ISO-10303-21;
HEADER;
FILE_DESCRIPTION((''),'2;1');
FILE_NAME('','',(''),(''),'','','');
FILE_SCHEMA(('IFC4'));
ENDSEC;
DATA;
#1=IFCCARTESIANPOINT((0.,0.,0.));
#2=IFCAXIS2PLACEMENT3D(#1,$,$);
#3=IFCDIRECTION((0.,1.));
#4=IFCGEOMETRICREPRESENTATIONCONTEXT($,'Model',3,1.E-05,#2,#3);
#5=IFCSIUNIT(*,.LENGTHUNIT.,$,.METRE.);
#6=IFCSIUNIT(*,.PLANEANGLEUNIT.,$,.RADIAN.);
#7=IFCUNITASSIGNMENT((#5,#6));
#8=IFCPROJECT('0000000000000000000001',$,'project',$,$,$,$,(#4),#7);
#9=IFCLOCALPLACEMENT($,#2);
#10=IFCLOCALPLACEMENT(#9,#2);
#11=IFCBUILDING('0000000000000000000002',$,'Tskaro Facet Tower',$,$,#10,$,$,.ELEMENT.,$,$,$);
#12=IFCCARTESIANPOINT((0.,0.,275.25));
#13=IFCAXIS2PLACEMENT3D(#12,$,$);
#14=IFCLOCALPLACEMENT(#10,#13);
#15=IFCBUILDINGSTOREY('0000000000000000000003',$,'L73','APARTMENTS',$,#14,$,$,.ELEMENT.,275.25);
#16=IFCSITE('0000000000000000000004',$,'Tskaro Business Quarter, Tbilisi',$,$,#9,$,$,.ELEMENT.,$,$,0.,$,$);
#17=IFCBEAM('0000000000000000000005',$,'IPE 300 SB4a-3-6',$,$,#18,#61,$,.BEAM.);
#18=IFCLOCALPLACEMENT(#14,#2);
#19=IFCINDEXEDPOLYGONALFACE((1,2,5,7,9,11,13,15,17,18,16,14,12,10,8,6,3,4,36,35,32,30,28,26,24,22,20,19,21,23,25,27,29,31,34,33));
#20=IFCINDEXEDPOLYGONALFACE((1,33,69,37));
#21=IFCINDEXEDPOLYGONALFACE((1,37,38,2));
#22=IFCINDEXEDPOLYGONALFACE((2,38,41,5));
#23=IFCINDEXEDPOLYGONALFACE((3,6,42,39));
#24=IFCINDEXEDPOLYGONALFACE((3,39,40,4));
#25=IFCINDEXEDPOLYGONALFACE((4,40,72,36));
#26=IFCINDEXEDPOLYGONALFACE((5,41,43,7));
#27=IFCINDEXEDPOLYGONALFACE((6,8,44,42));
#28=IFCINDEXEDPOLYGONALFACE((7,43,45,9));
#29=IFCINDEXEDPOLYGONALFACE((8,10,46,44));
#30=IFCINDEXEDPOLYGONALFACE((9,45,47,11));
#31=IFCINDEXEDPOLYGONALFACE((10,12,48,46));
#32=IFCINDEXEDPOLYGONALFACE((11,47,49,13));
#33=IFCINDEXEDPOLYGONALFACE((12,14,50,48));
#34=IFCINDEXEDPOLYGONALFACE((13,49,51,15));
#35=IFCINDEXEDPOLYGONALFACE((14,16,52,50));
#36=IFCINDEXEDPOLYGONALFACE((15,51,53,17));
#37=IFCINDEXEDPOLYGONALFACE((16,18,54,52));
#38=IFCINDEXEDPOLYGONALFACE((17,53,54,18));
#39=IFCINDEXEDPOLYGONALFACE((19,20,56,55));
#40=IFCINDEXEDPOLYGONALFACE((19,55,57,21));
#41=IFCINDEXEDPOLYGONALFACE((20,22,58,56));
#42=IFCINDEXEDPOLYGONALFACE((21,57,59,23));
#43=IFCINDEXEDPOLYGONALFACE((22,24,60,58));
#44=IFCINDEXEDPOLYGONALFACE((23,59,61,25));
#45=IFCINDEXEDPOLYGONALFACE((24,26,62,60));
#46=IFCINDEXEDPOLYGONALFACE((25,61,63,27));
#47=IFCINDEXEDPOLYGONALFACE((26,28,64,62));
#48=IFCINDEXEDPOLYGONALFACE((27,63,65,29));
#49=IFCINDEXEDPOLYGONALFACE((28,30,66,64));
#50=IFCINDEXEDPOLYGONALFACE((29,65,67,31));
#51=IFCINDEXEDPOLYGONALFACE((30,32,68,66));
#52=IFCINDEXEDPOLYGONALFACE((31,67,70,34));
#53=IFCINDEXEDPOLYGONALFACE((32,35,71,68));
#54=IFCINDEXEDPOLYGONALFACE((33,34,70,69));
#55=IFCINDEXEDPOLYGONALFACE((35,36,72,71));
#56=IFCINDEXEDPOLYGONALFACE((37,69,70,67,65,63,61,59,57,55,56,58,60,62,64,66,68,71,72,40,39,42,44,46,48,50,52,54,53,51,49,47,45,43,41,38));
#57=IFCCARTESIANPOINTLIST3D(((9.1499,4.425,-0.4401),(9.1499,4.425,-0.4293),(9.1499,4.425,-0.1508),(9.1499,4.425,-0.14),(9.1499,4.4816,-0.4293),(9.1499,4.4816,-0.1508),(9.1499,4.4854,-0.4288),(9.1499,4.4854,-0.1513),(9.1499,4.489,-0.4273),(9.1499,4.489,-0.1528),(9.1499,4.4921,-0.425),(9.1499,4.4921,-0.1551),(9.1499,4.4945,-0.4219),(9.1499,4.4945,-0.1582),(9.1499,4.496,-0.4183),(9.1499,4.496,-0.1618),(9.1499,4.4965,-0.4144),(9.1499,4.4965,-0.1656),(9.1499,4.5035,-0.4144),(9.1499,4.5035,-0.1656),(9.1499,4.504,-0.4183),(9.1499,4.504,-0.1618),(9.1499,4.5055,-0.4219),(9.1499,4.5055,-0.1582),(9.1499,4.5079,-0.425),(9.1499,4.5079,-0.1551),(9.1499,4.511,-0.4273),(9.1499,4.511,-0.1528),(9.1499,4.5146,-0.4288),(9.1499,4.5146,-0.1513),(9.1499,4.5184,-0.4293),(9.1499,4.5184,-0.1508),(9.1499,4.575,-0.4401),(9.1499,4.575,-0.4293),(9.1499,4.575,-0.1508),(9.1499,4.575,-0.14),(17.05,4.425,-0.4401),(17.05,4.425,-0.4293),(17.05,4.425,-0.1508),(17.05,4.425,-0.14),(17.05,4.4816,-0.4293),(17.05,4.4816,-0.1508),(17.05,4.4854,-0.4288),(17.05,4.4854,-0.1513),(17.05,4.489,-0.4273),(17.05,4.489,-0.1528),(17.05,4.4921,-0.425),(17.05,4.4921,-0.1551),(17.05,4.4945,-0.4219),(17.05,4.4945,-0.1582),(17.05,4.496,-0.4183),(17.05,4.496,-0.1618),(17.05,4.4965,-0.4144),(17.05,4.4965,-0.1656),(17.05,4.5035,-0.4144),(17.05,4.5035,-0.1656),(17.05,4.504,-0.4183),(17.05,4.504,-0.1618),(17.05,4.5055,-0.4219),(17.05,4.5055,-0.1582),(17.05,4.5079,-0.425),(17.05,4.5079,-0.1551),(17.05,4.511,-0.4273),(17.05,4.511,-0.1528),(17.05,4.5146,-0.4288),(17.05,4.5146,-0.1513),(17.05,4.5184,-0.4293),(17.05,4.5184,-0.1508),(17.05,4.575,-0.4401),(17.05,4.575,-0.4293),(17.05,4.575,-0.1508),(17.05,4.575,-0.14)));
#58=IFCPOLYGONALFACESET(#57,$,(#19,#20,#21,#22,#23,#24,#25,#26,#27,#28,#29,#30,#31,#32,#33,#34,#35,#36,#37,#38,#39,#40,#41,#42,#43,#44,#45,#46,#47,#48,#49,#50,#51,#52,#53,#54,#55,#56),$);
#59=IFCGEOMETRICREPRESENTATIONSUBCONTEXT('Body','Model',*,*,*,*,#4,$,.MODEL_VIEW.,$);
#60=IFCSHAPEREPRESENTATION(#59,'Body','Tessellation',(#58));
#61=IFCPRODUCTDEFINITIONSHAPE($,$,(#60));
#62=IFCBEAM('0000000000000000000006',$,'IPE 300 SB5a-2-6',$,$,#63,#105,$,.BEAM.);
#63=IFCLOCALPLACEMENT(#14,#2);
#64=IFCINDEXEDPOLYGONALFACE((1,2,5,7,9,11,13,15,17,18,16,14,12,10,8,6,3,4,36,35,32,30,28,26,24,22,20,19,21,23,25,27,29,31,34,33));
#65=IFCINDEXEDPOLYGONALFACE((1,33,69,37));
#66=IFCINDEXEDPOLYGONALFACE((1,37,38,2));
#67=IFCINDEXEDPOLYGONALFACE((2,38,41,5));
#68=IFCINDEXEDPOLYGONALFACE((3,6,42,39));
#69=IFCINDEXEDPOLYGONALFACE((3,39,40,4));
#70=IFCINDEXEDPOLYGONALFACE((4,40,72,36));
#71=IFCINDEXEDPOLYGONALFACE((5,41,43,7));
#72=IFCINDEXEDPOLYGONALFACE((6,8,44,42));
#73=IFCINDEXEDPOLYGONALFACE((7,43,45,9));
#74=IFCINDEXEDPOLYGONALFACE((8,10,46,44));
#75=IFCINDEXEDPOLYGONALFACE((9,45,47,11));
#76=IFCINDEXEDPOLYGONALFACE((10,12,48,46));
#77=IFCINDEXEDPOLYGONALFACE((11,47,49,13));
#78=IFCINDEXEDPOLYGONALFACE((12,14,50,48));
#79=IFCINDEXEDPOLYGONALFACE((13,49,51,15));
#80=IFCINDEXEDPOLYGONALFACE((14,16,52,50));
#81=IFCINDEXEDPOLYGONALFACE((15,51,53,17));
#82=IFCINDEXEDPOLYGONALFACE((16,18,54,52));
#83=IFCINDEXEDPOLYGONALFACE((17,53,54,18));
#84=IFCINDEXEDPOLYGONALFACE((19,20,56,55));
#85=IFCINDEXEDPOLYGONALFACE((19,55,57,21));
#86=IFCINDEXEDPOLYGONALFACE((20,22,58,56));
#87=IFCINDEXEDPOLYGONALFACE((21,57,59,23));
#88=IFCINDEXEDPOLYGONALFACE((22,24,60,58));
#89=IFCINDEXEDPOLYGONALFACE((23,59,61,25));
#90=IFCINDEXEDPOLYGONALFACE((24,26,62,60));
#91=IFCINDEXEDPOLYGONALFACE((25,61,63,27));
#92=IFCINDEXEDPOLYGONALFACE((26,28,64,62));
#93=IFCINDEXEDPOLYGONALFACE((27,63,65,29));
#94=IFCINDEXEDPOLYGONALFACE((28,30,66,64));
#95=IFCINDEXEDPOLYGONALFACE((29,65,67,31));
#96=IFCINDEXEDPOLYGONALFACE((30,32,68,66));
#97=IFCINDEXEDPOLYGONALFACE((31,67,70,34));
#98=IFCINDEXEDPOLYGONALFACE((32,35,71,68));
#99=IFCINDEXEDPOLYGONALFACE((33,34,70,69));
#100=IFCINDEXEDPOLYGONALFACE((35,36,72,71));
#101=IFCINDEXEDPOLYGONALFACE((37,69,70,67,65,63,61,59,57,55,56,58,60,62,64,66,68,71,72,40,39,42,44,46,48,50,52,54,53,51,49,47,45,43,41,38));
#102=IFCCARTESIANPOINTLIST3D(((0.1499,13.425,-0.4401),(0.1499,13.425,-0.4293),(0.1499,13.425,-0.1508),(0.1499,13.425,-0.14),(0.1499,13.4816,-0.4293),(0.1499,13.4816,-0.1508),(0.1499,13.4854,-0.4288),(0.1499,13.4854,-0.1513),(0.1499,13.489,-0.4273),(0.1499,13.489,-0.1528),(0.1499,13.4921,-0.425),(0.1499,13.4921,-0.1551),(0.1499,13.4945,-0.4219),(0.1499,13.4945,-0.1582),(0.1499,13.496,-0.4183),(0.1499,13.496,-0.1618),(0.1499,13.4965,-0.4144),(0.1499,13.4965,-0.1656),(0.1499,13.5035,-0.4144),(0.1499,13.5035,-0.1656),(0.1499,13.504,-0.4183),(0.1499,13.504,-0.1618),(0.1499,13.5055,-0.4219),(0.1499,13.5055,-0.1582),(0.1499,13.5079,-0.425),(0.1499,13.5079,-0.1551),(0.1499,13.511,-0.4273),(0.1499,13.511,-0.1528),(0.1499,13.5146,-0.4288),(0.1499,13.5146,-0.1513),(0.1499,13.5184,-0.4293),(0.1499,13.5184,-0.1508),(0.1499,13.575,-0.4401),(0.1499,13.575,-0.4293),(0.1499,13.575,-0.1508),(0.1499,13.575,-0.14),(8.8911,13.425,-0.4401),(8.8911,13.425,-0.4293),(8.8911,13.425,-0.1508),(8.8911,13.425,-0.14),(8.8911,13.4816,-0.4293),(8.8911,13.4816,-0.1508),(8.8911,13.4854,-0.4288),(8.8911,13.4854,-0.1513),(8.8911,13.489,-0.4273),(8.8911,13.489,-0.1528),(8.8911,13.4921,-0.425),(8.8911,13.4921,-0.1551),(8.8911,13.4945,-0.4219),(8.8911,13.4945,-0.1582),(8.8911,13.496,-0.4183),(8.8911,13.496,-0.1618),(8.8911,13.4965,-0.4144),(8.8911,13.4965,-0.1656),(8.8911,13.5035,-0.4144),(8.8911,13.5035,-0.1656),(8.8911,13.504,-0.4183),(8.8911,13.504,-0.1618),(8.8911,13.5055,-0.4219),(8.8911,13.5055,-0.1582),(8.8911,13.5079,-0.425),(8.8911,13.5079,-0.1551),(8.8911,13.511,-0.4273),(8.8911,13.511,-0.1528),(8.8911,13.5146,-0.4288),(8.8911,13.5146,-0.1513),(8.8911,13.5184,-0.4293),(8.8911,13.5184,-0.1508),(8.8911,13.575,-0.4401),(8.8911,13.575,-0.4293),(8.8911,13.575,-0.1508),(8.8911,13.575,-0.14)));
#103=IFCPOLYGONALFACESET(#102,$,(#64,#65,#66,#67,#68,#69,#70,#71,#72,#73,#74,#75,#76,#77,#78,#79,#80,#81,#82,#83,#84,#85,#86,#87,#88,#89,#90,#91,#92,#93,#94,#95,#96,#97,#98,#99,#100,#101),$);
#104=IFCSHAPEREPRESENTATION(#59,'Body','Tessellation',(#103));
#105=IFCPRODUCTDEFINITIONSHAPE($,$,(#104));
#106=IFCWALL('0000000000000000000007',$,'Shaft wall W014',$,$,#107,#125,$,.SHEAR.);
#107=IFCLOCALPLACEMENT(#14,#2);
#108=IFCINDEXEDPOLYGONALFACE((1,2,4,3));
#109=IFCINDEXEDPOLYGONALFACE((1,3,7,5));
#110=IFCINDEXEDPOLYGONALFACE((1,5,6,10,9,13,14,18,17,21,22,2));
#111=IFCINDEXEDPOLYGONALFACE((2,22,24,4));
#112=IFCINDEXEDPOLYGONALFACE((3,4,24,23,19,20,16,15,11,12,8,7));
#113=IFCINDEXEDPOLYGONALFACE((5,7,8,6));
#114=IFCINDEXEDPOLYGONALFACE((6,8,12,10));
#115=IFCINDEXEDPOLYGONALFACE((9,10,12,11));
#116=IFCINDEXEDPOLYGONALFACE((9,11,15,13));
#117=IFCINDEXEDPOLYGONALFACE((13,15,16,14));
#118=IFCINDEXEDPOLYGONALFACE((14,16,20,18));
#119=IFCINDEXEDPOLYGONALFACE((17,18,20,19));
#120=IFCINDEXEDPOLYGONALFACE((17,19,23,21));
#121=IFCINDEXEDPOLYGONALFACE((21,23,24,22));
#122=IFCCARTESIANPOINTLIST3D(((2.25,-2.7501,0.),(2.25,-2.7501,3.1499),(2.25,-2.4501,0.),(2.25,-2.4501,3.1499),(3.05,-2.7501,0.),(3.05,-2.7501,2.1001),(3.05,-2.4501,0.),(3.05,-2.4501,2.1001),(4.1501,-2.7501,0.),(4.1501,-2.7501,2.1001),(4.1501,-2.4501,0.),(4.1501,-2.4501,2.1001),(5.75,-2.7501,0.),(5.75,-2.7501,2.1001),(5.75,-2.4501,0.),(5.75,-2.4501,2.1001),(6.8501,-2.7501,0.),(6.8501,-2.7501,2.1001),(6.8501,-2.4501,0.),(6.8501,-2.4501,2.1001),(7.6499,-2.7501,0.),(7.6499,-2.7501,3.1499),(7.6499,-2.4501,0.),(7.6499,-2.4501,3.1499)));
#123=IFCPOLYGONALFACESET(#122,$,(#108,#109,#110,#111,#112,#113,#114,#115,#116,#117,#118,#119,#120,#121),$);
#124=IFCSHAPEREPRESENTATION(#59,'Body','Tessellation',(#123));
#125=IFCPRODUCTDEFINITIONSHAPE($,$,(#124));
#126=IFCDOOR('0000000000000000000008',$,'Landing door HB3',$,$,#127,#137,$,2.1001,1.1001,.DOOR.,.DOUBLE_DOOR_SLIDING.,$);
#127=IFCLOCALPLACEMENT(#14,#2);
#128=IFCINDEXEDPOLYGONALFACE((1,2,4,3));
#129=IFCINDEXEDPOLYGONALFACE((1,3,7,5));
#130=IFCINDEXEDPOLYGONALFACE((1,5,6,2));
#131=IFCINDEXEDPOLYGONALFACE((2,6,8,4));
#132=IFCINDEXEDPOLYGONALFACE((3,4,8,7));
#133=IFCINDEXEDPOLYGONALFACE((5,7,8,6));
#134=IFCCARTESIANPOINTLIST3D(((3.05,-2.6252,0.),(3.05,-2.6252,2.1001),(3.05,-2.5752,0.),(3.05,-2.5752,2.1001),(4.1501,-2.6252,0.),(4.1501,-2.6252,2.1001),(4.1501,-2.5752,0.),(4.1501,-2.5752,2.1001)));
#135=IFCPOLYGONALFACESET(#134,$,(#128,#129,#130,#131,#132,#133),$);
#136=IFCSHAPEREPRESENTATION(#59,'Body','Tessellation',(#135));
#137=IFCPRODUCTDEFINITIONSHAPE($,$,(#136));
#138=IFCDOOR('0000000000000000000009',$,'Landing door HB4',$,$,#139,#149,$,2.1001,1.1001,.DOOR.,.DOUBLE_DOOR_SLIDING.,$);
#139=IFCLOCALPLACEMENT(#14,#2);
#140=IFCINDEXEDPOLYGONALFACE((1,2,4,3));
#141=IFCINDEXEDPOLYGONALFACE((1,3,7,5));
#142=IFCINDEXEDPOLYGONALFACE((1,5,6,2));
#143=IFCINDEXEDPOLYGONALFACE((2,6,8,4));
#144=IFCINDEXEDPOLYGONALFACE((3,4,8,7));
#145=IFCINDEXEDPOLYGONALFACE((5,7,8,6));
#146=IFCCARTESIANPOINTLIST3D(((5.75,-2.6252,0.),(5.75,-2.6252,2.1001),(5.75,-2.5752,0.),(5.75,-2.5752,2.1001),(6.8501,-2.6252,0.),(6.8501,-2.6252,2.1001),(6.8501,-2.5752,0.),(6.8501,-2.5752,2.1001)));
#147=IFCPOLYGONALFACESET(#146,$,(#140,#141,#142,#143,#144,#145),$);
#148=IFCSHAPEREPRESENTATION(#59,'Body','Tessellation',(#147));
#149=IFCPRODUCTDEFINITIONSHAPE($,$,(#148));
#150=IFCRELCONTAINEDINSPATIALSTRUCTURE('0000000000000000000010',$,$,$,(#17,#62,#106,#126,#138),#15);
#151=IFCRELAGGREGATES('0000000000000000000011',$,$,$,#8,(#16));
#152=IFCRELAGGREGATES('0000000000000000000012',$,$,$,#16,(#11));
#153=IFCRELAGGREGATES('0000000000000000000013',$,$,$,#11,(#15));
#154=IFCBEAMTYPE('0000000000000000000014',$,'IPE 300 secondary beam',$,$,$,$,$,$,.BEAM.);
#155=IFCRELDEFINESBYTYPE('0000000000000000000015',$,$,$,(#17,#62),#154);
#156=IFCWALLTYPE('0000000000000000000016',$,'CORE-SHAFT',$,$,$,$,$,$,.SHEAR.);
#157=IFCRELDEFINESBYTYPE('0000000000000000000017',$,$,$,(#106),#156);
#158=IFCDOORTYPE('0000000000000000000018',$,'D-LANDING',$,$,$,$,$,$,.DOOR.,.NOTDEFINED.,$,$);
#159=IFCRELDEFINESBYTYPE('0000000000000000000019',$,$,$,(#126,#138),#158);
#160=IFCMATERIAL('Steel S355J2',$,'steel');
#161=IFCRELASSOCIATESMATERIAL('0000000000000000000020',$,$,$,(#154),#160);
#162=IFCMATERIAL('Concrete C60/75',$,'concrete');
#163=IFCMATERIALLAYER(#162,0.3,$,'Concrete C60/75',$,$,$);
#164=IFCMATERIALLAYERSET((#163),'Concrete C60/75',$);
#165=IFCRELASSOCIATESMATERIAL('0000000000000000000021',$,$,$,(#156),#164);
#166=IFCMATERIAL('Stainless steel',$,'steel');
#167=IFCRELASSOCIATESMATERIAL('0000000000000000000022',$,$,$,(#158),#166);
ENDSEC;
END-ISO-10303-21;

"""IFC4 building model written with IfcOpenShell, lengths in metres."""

from ifc_helpers import new_model, si_unit, direction, frame, frame_2d, origin, origin_2d, place, context, subcontext, project, spatial, rectangle, i_section, extrude, material, layer, layer_set, material_profile, profile_set, type_object, element, fill, save


model = new_model("IFC4")

# Units and contexts
model_context = context("Model", 3, precision=1e-05, world=origin(), true_north=direction((0.0, 1.0)))
body_context = subcontext(model_context, "Body", "Model", "MODEL_VIEW")
ifc_project = project(units=[si_unit("LENGTHUNIT", "METRE"), si_unit("PLANEANGLEUNIT", "RADIAN")], contexts=[model_context])

# Site, building, storey
site_placement = place(None, origin())
site = spatial("IfcSite", under=ifc_project, at=site_placement, Name="Tskaro Business Quarter, Tbilisi", CompositionType="ELEMENT", RefElevation=0.0)
building_placement = place(site_placement, origin())
building = spatial("IfcBuilding", under=site, at=building_placement, Name="Tskaro Facet Tower", CompositionType="ELEMENT")
storey_placement = place(building_placement, frame((0.0, 0.0, 275.25)))
storey = spatial("IfcBuildingStorey", under=building, at=storey_placement, Name="L73", Description="APARTMENTS", CompositionType="ELEMENT", Elevation=275.25)

# Beams
ifc_material_1 = material(Name="Steel S355J2", Category="steel")
ifc_material_profile_1 = material_profile(ifc_material_1, i_section(OverallWidth=0.1499, OverallDepth=0.3, WebThickness=0.0071, FlangeThickness=0.0107, FilletRadius=0.0149, at=origin_2d()), Name="IPE 300")
ifc_profile_set_1 = profile_set([ifc_material_profile_1], Name="Steel S355J2")
beam_type_1 = type_object("IfcBeamType", Name="IPE 300 secondary beam", PredefinedType="BEAM", material=ifc_profile_set_1)
beam_1_placement = place(storey_placement, frame((9.1499, 4.5, -0.29), z_axis=(1.0, 0.0, 0.0), x_axis=(0.0, 1.0, 0.0)))
element("IfcBeam", 1, at=beam_1_placement, inside=storey, type_object=beam_type_1, Name="IPE 300 SB4a-3-6", PredefinedType="BEAM", context=body_context, shape_type="SweptSolid", body=[
    extrude(i_section(OverallWidth=0.1499, OverallDepth=0.3, WebThickness=0.0071, FlangeThickness=0.0107, FilletRadius=0.0149, at=origin_2d()), origin(), (0.0, 0.0, 1.0), 7.9001),
])
beam_2_placement = place(storey_placement, frame((0.1499, 13.5, -0.29), z_axis=(1.0, 0.0, 0.0), x_axis=(0.0, 1.0, 0.0)))
element("IfcBeam", 2, at=beam_2_placement, inside=storey, type_object=beam_type_1, Name="IPE 300 SB5a-2-6", PredefinedType="BEAM", context=body_context, shape_type="SweptSolid", body=[
    extrude(i_section(OverallWidth=0.1499, OverallDepth=0.3, WebThickness=0.0071, FlangeThickness=0.0107, FilletRadius=0.0149, at=origin_2d()), origin(), (0.0, 0.0, 1.0), 8.7412),
])

# Wall, openings, doors
ifc_material_2 = material(Name="Concrete C60/75", Category="concrete")
ifc_layer_1 = layer(ifc_material_2, 0.3, Name="Concrete C60/75")
ifc_layer_set_1 = layer_set([ifc_layer_1], Name="Concrete C60/75")
wall_type_1 = type_object("IfcWallType", Name="CORE-SHAFT", PredefinedType="SHEAR", material=ifc_layer_set_1)
wall_1_placement = place(storey_placement, frame((2.25, -2.6001, 0.0), z_axis=(0.0, 0.0, 1.0), x_axis=(1.0, 0.0, 0.0)))
wall_1 = element("IfcWall", 3, at=wall_1_placement, inside=storey, type_object=wall_type_1, Name="Shaft wall W014", PredefinedType="SHEAR", context=body_context, shape_type="SweptSolid", body=[
    extrude(rectangle(XDim=5.3999, YDim=0.3, at=frame_2d((2.7, 0.0))), origin(), (0.0, 0.0, 1.0), 3.1499),
])
opening_1_placement = place(wall_1_placement, frame((0.8, 0.0, 0.0)))
opening_1 = element("IfcOpeningElement", 4, at=opening_1_placement, cuts=wall_1, PredefinedType="OPENING", context=body_context, shape_type="SweptSolid", body=[
    extrude(rectangle(XDim=1.1001, YDim=2.1001, at=frame_2d((0.55, 1.05))), frame((0.0, 0.1599, 0.0), z_axis=(0.0, -1.0, 0.0), x_axis=(1.0, 0.0, 0.0)), (0.0, 0.0, 1.0), 0.3201),
])
opening_2_placement = place(wall_1_placement, frame((3.5, 0.0, 0.0)))
opening_2 = element("IfcOpeningElement", 5, at=opening_2_placement, cuts=wall_1, PredefinedType="OPENING", context=body_context, shape_type="SweptSolid", body=[
    extrude(rectangle(XDim=1.1001, YDim=2.1001, at=frame_2d((0.55, 1.05))), frame((0.0, 0.1599, 0.0), z_axis=(0.0, -1.0, 0.0), x_axis=(1.0, 0.0, 0.0)), (0.0, 0.0, 1.0), 0.3201),
])
ifc_material_3 = material(Name="Stainless steel", Category="steel")
door_type_1 = type_object("IfcDoorType", Name="D-LANDING", OperationType="NOTDEFINED", PredefinedType="DOOR", material=ifc_material_3)
door_1_placement = place(opening_1_placement, origin())
door_1 = element("IfcDoor", 6, at=door_1_placement, inside=storey, type_object=door_type_1, Name="Landing door HB3", OperationType="DOUBLE_DOOR_SLIDING", OverallHeight=2.1001, OverallWidth=1.1001, PredefinedType="DOOR", context=body_context, shape_type="SweptSolid", body=[
    extrude(rectangle(XDim=1.1001, YDim=2.1001, at=frame_2d((0.55, 1.05))), frame((0.0, 0.0249, 0.0), z_axis=(0.0, -1.0, 0.0), x_axis=(1.0, 0.0, 0.0)), (0.0, 0.0, 1.0), 0.05),
])
fill(opening_1, door_1)
door_2_placement = place(opening_2_placement, origin())
door_2 = element("IfcDoor", 7, at=door_2_placement, inside=storey, type_object=door_type_1, Name="Landing door HB4", OperationType="DOUBLE_DOOR_SLIDING", OverallHeight=2.1001, OverallWidth=1.1001, PredefinedType="DOOR", context=body_context, shape_type="SweptSolid", body=[
    extrude(rectangle(XDim=1.1001, YDim=2.1001, at=frame_2d((0.55, 1.05))), frame((0.0, 0.0249, 0.0), z_axis=(0.0, -1.0, 0.0), x_axis=(1.0, 0.0, 0.0)), (0.0, 0.0, 1.0), 0.05),
])
fill(opening_2, door_2)

save(model, "model.ifc")
